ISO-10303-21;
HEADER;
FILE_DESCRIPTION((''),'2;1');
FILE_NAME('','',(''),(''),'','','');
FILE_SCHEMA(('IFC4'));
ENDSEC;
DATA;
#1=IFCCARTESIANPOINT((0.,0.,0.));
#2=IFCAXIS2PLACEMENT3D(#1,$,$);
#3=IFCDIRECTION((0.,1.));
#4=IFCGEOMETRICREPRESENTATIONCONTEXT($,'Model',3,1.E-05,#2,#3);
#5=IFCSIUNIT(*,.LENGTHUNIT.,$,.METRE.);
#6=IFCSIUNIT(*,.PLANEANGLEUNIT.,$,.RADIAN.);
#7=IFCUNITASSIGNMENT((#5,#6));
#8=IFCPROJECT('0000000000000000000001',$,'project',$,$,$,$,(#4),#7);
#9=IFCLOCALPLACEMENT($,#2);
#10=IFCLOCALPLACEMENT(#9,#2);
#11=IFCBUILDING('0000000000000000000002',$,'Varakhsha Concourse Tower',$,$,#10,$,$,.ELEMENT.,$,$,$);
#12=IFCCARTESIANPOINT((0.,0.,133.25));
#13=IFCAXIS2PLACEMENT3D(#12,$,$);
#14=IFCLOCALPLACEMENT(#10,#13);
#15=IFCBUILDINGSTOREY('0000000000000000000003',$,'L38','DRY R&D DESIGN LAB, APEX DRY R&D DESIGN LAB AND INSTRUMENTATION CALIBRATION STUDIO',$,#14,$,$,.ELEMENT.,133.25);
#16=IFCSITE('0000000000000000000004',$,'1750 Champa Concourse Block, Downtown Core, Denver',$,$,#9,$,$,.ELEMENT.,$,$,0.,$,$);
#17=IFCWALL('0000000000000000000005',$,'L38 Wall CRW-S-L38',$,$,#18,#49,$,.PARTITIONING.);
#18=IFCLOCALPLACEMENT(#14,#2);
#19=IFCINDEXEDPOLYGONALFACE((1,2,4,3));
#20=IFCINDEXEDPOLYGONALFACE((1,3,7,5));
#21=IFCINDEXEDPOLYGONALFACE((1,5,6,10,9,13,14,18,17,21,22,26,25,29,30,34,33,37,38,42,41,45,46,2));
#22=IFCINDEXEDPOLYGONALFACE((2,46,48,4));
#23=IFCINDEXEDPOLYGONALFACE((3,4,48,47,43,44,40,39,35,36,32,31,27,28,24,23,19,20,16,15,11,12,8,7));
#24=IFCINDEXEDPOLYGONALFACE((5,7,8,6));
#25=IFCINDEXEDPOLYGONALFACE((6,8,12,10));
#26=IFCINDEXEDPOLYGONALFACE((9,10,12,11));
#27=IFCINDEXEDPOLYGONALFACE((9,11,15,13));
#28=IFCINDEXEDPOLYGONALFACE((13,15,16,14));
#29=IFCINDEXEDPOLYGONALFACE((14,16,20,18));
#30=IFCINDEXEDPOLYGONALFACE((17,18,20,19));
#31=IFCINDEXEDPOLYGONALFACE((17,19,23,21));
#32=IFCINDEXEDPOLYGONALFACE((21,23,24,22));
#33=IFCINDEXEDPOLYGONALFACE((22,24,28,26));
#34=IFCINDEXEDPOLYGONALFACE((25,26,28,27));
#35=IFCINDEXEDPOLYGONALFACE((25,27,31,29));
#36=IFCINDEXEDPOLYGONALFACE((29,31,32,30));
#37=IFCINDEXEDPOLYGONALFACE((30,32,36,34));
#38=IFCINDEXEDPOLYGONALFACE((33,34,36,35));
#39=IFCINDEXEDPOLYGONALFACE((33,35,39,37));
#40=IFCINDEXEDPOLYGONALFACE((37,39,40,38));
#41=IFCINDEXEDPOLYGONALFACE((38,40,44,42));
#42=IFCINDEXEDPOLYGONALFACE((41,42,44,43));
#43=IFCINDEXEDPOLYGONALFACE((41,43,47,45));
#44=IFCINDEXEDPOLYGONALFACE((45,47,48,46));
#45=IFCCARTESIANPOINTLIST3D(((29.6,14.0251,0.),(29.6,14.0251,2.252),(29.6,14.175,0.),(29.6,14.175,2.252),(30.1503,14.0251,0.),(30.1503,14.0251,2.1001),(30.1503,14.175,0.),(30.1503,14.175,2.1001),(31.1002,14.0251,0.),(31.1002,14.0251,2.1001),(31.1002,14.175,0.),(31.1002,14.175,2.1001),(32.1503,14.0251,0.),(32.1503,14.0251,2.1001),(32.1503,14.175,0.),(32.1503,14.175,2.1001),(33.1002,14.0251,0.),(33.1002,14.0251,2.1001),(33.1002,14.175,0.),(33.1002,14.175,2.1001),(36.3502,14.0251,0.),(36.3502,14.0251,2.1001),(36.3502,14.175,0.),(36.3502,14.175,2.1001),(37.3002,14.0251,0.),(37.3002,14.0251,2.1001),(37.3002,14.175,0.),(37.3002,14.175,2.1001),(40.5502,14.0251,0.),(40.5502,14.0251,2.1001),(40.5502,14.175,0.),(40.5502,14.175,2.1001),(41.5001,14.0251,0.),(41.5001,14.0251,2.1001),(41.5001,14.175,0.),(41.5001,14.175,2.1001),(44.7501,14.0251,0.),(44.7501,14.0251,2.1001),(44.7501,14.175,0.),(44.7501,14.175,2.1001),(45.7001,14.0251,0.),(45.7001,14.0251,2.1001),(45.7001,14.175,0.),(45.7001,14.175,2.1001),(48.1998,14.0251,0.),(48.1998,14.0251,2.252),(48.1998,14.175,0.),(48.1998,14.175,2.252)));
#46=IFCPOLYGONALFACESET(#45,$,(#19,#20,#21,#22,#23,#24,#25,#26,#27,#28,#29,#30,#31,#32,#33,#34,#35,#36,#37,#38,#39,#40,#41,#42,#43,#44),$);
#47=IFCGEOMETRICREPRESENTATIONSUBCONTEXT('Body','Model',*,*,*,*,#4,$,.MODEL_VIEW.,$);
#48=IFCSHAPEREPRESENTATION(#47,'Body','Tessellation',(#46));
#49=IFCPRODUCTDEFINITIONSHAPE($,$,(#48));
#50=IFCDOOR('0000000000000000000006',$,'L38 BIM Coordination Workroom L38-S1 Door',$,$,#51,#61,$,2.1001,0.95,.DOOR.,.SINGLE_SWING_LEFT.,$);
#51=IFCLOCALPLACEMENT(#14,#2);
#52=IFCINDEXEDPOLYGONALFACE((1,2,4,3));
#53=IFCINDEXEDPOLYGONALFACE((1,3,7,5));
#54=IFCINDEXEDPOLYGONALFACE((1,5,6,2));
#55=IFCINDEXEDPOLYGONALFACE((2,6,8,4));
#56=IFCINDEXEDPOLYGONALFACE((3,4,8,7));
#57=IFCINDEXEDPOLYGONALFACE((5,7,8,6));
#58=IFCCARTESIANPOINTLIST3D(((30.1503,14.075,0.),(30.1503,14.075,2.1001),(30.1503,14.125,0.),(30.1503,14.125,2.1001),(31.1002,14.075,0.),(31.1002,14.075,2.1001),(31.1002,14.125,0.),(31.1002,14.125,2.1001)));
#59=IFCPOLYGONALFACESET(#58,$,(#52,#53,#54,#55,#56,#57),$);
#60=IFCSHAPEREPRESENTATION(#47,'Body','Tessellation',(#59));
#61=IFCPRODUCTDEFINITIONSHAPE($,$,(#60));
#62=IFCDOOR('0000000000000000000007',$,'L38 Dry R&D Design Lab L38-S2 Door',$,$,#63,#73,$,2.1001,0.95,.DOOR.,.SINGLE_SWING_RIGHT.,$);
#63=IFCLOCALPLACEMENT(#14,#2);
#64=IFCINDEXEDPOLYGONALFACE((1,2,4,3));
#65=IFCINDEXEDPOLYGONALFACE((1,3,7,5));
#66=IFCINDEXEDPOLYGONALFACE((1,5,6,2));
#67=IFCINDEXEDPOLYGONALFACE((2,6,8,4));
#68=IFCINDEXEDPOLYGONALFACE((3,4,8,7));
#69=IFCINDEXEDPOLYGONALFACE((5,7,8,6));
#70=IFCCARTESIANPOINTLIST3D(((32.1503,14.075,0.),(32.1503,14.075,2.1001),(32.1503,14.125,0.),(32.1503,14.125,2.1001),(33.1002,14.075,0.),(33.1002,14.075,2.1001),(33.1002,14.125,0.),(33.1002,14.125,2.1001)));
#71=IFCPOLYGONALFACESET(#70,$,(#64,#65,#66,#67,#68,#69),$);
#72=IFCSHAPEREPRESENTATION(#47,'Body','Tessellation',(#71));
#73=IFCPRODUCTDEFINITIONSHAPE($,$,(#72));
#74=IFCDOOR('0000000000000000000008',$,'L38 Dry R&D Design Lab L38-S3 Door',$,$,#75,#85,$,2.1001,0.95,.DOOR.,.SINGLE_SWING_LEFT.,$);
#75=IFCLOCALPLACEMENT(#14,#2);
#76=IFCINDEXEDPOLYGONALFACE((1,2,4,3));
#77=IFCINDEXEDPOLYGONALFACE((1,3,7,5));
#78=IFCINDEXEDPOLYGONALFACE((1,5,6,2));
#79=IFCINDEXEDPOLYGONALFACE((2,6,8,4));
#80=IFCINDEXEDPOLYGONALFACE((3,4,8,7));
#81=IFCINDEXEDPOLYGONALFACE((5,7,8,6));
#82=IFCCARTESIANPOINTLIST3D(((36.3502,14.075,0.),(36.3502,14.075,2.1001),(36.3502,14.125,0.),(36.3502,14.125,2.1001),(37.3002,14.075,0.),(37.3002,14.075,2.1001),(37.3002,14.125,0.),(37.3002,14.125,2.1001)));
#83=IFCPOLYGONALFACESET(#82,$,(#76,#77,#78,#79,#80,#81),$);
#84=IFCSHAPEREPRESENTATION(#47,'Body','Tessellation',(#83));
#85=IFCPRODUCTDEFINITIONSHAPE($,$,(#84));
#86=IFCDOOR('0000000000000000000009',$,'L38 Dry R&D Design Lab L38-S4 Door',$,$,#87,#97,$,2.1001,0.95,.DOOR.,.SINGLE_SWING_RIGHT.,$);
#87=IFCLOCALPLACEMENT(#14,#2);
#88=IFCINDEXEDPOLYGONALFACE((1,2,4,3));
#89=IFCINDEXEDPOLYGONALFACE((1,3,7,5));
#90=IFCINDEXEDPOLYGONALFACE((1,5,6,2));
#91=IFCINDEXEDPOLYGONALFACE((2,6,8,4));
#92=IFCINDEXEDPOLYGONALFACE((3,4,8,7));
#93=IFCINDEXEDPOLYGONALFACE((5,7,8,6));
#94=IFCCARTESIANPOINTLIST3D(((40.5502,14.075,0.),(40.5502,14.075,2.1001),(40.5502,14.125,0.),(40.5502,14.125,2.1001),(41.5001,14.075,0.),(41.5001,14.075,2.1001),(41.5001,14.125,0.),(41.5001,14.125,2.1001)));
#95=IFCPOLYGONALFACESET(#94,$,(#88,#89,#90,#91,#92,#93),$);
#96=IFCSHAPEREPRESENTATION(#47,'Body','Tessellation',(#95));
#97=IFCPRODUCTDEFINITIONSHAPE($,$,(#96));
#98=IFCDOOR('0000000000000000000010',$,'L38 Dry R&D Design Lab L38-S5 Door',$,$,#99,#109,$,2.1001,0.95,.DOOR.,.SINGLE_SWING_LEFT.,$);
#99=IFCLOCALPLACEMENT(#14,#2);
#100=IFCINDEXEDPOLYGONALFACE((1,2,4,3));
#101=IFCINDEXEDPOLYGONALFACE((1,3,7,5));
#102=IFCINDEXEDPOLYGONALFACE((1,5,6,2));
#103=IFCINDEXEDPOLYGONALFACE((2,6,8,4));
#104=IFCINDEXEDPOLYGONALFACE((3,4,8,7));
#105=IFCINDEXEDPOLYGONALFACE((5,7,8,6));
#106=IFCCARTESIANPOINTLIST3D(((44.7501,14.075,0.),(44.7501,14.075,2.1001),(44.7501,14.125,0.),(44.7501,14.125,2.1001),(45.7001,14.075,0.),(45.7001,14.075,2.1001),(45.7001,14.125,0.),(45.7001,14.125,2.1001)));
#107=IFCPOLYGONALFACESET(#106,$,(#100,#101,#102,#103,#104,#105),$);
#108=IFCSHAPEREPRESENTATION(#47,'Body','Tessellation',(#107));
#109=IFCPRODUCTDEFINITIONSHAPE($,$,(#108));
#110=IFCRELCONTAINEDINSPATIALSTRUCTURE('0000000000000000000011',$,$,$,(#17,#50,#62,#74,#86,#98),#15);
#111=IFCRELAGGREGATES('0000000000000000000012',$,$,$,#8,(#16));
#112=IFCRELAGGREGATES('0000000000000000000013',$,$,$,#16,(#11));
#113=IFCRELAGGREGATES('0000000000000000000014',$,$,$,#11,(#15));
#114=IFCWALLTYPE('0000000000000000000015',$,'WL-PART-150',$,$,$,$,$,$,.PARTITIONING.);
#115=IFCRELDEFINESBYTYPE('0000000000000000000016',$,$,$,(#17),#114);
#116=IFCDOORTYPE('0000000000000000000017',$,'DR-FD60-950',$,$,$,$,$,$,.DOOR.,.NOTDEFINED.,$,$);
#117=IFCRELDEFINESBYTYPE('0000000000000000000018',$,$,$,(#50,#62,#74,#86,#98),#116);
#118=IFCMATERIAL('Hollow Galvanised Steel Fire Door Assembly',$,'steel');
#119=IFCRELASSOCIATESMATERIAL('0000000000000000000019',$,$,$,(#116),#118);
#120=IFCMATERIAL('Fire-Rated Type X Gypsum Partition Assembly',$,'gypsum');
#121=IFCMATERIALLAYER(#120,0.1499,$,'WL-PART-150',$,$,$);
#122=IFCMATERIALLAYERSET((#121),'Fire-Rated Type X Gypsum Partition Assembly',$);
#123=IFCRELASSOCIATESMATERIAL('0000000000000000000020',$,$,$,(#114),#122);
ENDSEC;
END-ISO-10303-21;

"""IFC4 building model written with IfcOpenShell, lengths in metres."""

from ifc_helpers import new_model, si_unit, direction, frame, frame_2d, origin, place, context, subcontext, project, spatial, rectangle, extrude, material, layer, layer_set, type_object, element, fill, save


model = new_model("IFC4")

# Units and contexts
model_context = context("Model", 3, precision=1e-05, world=origin(), true_north=direction((0.0, 1.0)))
body_context = subcontext(model_context, "Body", "Model", "MODEL_VIEW")
ifc_project = project(units=[si_unit("LENGTHUNIT", "METRE"), si_unit("PLANEANGLEUNIT", "RADIAN")], contexts=[model_context])

# Site, building, storey
site_placement = place(None, origin())
site = spatial("IfcSite", under=ifc_project, at=site_placement, Name="1750 Champa Concourse Block, Downtown Core, Denver", CompositionType="ELEMENT", RefElevation=0.0)
building_placement = place(site_placement, origin())
building = spatial("IfcBuilding", under=site, at=building_placement, Name="Varakhsha Concourse Tower", CompositionType="ELEMENT")
storey_placement = place(building_placement, frame((0.0, 0.0, 133.25)))
storey = spatial("IfcBuildingStorey", under=building, at=storey_placement, Name="L38", Description="DRY R&D DESIGN LAB, APEX DRY R&D DESIGN LAB AND INSTRUMENTATION CALIBRATION STUDIO", CompositionType="ELEMENT", Elevation=133.25)

# Wall, openings, doors
ifc_material_1 = material(Name="Hollow Galvanised Steel Fire Door Assembly", Category="steel")
door_type_1 = type_object("IfcDoorType", Name="DR-FD60-950", OperationType="NOTDEFINED", PredefinedType="DOOR", material=ifc_material_1)
ifc_material_2 = material(Name="Fire-Rated Type X Gypsum Partition Assembly", Category="gypsum")
ifc_layer_1 = layer(ifc_material_2, 0.1499, Name="WL-PART-150")
ifc_layer_set_1 = layer_set([ifc_layer_1], Name="Fire-Rated Type X Gypsum Partition Assembly")
wall_type_1 = type_object("IfcWallType", Name="WL-PART-150", PredefinedType="PARTITIONING", material=ifc_layer_set_1)
wall_1_placement = place(storey_placement, frame((29.6001, 14.1001, 0.0), z_axis=(0.0, 0.0, 1.0), x_axis=(1.0, 0.0, 0.0)))
wall_1 = element("IfcWall", 1, at=wall_1_placement, inside=storey, type_object=wall_type_1, Name="L38 Wall CRW-S-L38", PredefinedType="PARTITIONING", context=body_context, shape_type="SweptSolid", body=[
    extrude(rectangle(XDim=18.5999, YDim=0.1499, at=frame_2d((9.2998, 0.0))), origin(), (0.0, 0.0, 1.0), 2.252),
])
opening_1_placement = place(wall_1_placement, frame((0.55, 0.0, 0.0)))
opening_1 = element("IfcOpeningElement", 2, at=opening_1_placement, cuts=wall_1, PredefinedType="OPENING", context=body_context, shape_type="SweptSolid", body=[
    extrude(rectangle(XDim=0.95, YDim=2.1001, at=frame_2d((0.4751, 1.05))), frame((0.0, 0.085, 0.0), z_axis=(0.0, -1.0, 0.0), x_axis=(1.0, 0.0, 0.0)), (0.0, 0.0, 1.0), 0.1699),
])
opening_2_placement = place(wall_1_placement, frame((2.55, 0.0, 0.0)))
opening_2 = element("IfcOpeningElement", 3, at=opening_2_placement, cuts=wall_1, PredefinedType="OPENING", context=body_context, shape_type="SweptSolid", body=[
    extrude(rectangle(XDim=0.95, YDim=2.1001, at=frame_2d((0.4751, 1.05))), frame((0.0, 0.085, 0.0), z_axis=(0.0, -1.0, 0.0), x_axis=(1.0, 0.0, 0.0)), (0.0, 0.0, 1.0), 0.1699),
])
opening_3_placement = place(wall_1_placement, frame((6.75, 0.0, 0.0)))
opening_3 = element("IfcOpeningElement", 4, at=opening_3_placement, cuts=wall_1, PredefinedType="OPENING", context=body_context, shape_type="SweptSolid", body=[
    extrude(rectangle(XDim=0.95, YDim=2.1001, at=frame_2d((0.4751, 1.05))), frame((0.0, 0.085, 0.0), z_axis=(0.0, -1.0, 0.0), x_axis=(1.0, 0.0, 0.0)), (0.0, 0.0, 1.0), 0.1699),
])
opening_4_placement = place(wall_1_placement, frame((10.95, 0.0, 0.0)))
opening_4 = element("IfcOpeningElement", 5, at=opening_4_placement, cuts=wall_1, PredefinedType="OPENING", context=body_context, shape_type="SweptSolid", body=[
    extrude(rectangle(XDim=0.95, YDim=2.1001, at=frame_2d((0.4751, 1.05))), frame((0.0, 0.085, 0.0), z_axis=(0.0, -1.0, 0.0), x_axis=(1.0, 0.0, 0.0)), (0.0, 0.0, 1.0), 0.1699),
])
opening_5_placement = place(wall_1_placement, frame((15.1499, 0.0, 0.0)))
opening_5 = element("IfcOpeningElement", 6, at=opening_5_placement, cuts=wall_1, PredefinedType="OPENING", context=body_context, shape_type="SweptSolid", body=[
    extrude(rectangle(XDim=0.95, YDim=2.1001, at=frame_2d((0.4751, 1.05))), frame((0.0, 0.085, 0.0), z_axis=(0.0, -1.0, 0.0), x_axis=(1.0, 0.0, 0.0)), (0.0, 0.0, 1.0), 0.1699),
])
door_1_placement = place(opening_1_placement, origin())
door_1 = element("IfcDoor", 7, at=door_1_placement, inside=storey, type_object=door_type_1, Name="L38 BIM Coordination Workroom L38-S1 Door", OperationType="SINGLE_SWING_LEFT", OverallHeight=2.1001, OverallWidth=0.95, PredefinedType="DOOR", context=body_context, shape_type="SweptSolid", body=[
    extrude(rectangle(XDim=0.95, YDim=2.1001, at=frame_2d((0.4751, 1.05))), frame((0.0, 0.0249, 0.0), z_axis=(0.0, -1.0, 0.0), x_axis=(1.0, 0.0, 0.0)), (0.0, 0.0, 1.0), 0.05),
])
fill(opening_1, door_1)
door_2_placement = place(opening_2_placement, origin())
door_2 = element("IfcDoor", 8, at=door_2_placement, inside=storey, type_object=door_type_1, Name="L38 Dry R&D Design Lab L38-S2 Door", OperationType="SINGLE_SWING_RIGHT", OverallHeight=2.1001, OverallWidth=0.95, PredefinedType="DOOR", context=body_context, shape_type="SweptSolid", body=[
    extrude(rectangle(XDim=0.95, YDim=2.1001, at=frame_2d((0.4751, 1.05))), frame((0.0, 0.0249, 0.0), z_axis=(0.0, -1.0, 0.0), x_axis=(1.0, 0.0, 0.0)), (0.0, 0.0, 1.0), 0.05),
])
fill(opening_2, door_2)
door_3_placement = place(opening_3_placement, origin())
door_3 = element("IfcDoor", 9, at=door_3_placement, inside=storey, type_object=door_type_1, Name="L38 Dry R&D Design Lab L38-S3 Door", OperationType="SINGLE_SWING_LEFT", OverallHeight=2.1001, OverallWidth=0.95, PredefinedType="DOOR", context=body_context, shape_type="SweptSolid", body=[
    extrude(rectangle(XDim=0.95, YDim=2.1001, at=frame_2d((0.4751, 1.05))), frame((0.0, 0.0249, 0.0), z_axis=(0.0, -1.0, 0.0), x_axis=(1.0, 0.0, 0.0)), (0.0, 0.0, 1.0), 0.05),
])
fill(opening_3, door_3)
door_4_placement = place(opening_4_placement, origin())
door_4 = element("IfcDoor", 10, at=door_4_placement, inside=storey, type_object=door_type_1, Name="L38 Dry R&D Design Lab L38-S4 Door", OperationType="SINGLE_SWING_RIGHT", OverallHeight=2.1001, OverallWidth=0.95, PredefinedType="DOOR", context=body_context, shape_type="SweptSolid", body=[
    extrude(rectangle(XDim=0.95, YDim=2.1001, at=frame_2d((0.4751, 1.05))), frame((0.0, 0.0249, 0.0), z_axis=(0.0, -1.0, 0.0), x_axis=(1.0, 0.0, 0.0)), (0.0, 0.0, 1.0), 0.05),
])
fill(opening_4, door_4)
door_5_placement = place(opening_5_placement, origin())
door_5 = element("IfcDoor", 11, at=door_5_placement, inside=storey, type_object=door_type_1, Name="L38 Dry R&D Design Lab L38-S5 Door", OperationType="SINGLE_SWING_LEFT", OverallHeight=2.1001, OverallWidth=0.95, PredefinedType="DOOR", context=body_context, shape_type="SweptSolid", body=[
    extrude(rectangle(XDim=0.95, YDim=2.1001, at=frame_2d((0.4751, 1.05))), frame((0.0, 0.0249, 0.0), z_axis=(0.0, -1.0, 0.0), x_axis=(1.0, 0.0, 0.0)), (0.0, 0.0, 1.0), 0.05),
])
fill(opening_5, door_5)

save(model, "model.ifc")
